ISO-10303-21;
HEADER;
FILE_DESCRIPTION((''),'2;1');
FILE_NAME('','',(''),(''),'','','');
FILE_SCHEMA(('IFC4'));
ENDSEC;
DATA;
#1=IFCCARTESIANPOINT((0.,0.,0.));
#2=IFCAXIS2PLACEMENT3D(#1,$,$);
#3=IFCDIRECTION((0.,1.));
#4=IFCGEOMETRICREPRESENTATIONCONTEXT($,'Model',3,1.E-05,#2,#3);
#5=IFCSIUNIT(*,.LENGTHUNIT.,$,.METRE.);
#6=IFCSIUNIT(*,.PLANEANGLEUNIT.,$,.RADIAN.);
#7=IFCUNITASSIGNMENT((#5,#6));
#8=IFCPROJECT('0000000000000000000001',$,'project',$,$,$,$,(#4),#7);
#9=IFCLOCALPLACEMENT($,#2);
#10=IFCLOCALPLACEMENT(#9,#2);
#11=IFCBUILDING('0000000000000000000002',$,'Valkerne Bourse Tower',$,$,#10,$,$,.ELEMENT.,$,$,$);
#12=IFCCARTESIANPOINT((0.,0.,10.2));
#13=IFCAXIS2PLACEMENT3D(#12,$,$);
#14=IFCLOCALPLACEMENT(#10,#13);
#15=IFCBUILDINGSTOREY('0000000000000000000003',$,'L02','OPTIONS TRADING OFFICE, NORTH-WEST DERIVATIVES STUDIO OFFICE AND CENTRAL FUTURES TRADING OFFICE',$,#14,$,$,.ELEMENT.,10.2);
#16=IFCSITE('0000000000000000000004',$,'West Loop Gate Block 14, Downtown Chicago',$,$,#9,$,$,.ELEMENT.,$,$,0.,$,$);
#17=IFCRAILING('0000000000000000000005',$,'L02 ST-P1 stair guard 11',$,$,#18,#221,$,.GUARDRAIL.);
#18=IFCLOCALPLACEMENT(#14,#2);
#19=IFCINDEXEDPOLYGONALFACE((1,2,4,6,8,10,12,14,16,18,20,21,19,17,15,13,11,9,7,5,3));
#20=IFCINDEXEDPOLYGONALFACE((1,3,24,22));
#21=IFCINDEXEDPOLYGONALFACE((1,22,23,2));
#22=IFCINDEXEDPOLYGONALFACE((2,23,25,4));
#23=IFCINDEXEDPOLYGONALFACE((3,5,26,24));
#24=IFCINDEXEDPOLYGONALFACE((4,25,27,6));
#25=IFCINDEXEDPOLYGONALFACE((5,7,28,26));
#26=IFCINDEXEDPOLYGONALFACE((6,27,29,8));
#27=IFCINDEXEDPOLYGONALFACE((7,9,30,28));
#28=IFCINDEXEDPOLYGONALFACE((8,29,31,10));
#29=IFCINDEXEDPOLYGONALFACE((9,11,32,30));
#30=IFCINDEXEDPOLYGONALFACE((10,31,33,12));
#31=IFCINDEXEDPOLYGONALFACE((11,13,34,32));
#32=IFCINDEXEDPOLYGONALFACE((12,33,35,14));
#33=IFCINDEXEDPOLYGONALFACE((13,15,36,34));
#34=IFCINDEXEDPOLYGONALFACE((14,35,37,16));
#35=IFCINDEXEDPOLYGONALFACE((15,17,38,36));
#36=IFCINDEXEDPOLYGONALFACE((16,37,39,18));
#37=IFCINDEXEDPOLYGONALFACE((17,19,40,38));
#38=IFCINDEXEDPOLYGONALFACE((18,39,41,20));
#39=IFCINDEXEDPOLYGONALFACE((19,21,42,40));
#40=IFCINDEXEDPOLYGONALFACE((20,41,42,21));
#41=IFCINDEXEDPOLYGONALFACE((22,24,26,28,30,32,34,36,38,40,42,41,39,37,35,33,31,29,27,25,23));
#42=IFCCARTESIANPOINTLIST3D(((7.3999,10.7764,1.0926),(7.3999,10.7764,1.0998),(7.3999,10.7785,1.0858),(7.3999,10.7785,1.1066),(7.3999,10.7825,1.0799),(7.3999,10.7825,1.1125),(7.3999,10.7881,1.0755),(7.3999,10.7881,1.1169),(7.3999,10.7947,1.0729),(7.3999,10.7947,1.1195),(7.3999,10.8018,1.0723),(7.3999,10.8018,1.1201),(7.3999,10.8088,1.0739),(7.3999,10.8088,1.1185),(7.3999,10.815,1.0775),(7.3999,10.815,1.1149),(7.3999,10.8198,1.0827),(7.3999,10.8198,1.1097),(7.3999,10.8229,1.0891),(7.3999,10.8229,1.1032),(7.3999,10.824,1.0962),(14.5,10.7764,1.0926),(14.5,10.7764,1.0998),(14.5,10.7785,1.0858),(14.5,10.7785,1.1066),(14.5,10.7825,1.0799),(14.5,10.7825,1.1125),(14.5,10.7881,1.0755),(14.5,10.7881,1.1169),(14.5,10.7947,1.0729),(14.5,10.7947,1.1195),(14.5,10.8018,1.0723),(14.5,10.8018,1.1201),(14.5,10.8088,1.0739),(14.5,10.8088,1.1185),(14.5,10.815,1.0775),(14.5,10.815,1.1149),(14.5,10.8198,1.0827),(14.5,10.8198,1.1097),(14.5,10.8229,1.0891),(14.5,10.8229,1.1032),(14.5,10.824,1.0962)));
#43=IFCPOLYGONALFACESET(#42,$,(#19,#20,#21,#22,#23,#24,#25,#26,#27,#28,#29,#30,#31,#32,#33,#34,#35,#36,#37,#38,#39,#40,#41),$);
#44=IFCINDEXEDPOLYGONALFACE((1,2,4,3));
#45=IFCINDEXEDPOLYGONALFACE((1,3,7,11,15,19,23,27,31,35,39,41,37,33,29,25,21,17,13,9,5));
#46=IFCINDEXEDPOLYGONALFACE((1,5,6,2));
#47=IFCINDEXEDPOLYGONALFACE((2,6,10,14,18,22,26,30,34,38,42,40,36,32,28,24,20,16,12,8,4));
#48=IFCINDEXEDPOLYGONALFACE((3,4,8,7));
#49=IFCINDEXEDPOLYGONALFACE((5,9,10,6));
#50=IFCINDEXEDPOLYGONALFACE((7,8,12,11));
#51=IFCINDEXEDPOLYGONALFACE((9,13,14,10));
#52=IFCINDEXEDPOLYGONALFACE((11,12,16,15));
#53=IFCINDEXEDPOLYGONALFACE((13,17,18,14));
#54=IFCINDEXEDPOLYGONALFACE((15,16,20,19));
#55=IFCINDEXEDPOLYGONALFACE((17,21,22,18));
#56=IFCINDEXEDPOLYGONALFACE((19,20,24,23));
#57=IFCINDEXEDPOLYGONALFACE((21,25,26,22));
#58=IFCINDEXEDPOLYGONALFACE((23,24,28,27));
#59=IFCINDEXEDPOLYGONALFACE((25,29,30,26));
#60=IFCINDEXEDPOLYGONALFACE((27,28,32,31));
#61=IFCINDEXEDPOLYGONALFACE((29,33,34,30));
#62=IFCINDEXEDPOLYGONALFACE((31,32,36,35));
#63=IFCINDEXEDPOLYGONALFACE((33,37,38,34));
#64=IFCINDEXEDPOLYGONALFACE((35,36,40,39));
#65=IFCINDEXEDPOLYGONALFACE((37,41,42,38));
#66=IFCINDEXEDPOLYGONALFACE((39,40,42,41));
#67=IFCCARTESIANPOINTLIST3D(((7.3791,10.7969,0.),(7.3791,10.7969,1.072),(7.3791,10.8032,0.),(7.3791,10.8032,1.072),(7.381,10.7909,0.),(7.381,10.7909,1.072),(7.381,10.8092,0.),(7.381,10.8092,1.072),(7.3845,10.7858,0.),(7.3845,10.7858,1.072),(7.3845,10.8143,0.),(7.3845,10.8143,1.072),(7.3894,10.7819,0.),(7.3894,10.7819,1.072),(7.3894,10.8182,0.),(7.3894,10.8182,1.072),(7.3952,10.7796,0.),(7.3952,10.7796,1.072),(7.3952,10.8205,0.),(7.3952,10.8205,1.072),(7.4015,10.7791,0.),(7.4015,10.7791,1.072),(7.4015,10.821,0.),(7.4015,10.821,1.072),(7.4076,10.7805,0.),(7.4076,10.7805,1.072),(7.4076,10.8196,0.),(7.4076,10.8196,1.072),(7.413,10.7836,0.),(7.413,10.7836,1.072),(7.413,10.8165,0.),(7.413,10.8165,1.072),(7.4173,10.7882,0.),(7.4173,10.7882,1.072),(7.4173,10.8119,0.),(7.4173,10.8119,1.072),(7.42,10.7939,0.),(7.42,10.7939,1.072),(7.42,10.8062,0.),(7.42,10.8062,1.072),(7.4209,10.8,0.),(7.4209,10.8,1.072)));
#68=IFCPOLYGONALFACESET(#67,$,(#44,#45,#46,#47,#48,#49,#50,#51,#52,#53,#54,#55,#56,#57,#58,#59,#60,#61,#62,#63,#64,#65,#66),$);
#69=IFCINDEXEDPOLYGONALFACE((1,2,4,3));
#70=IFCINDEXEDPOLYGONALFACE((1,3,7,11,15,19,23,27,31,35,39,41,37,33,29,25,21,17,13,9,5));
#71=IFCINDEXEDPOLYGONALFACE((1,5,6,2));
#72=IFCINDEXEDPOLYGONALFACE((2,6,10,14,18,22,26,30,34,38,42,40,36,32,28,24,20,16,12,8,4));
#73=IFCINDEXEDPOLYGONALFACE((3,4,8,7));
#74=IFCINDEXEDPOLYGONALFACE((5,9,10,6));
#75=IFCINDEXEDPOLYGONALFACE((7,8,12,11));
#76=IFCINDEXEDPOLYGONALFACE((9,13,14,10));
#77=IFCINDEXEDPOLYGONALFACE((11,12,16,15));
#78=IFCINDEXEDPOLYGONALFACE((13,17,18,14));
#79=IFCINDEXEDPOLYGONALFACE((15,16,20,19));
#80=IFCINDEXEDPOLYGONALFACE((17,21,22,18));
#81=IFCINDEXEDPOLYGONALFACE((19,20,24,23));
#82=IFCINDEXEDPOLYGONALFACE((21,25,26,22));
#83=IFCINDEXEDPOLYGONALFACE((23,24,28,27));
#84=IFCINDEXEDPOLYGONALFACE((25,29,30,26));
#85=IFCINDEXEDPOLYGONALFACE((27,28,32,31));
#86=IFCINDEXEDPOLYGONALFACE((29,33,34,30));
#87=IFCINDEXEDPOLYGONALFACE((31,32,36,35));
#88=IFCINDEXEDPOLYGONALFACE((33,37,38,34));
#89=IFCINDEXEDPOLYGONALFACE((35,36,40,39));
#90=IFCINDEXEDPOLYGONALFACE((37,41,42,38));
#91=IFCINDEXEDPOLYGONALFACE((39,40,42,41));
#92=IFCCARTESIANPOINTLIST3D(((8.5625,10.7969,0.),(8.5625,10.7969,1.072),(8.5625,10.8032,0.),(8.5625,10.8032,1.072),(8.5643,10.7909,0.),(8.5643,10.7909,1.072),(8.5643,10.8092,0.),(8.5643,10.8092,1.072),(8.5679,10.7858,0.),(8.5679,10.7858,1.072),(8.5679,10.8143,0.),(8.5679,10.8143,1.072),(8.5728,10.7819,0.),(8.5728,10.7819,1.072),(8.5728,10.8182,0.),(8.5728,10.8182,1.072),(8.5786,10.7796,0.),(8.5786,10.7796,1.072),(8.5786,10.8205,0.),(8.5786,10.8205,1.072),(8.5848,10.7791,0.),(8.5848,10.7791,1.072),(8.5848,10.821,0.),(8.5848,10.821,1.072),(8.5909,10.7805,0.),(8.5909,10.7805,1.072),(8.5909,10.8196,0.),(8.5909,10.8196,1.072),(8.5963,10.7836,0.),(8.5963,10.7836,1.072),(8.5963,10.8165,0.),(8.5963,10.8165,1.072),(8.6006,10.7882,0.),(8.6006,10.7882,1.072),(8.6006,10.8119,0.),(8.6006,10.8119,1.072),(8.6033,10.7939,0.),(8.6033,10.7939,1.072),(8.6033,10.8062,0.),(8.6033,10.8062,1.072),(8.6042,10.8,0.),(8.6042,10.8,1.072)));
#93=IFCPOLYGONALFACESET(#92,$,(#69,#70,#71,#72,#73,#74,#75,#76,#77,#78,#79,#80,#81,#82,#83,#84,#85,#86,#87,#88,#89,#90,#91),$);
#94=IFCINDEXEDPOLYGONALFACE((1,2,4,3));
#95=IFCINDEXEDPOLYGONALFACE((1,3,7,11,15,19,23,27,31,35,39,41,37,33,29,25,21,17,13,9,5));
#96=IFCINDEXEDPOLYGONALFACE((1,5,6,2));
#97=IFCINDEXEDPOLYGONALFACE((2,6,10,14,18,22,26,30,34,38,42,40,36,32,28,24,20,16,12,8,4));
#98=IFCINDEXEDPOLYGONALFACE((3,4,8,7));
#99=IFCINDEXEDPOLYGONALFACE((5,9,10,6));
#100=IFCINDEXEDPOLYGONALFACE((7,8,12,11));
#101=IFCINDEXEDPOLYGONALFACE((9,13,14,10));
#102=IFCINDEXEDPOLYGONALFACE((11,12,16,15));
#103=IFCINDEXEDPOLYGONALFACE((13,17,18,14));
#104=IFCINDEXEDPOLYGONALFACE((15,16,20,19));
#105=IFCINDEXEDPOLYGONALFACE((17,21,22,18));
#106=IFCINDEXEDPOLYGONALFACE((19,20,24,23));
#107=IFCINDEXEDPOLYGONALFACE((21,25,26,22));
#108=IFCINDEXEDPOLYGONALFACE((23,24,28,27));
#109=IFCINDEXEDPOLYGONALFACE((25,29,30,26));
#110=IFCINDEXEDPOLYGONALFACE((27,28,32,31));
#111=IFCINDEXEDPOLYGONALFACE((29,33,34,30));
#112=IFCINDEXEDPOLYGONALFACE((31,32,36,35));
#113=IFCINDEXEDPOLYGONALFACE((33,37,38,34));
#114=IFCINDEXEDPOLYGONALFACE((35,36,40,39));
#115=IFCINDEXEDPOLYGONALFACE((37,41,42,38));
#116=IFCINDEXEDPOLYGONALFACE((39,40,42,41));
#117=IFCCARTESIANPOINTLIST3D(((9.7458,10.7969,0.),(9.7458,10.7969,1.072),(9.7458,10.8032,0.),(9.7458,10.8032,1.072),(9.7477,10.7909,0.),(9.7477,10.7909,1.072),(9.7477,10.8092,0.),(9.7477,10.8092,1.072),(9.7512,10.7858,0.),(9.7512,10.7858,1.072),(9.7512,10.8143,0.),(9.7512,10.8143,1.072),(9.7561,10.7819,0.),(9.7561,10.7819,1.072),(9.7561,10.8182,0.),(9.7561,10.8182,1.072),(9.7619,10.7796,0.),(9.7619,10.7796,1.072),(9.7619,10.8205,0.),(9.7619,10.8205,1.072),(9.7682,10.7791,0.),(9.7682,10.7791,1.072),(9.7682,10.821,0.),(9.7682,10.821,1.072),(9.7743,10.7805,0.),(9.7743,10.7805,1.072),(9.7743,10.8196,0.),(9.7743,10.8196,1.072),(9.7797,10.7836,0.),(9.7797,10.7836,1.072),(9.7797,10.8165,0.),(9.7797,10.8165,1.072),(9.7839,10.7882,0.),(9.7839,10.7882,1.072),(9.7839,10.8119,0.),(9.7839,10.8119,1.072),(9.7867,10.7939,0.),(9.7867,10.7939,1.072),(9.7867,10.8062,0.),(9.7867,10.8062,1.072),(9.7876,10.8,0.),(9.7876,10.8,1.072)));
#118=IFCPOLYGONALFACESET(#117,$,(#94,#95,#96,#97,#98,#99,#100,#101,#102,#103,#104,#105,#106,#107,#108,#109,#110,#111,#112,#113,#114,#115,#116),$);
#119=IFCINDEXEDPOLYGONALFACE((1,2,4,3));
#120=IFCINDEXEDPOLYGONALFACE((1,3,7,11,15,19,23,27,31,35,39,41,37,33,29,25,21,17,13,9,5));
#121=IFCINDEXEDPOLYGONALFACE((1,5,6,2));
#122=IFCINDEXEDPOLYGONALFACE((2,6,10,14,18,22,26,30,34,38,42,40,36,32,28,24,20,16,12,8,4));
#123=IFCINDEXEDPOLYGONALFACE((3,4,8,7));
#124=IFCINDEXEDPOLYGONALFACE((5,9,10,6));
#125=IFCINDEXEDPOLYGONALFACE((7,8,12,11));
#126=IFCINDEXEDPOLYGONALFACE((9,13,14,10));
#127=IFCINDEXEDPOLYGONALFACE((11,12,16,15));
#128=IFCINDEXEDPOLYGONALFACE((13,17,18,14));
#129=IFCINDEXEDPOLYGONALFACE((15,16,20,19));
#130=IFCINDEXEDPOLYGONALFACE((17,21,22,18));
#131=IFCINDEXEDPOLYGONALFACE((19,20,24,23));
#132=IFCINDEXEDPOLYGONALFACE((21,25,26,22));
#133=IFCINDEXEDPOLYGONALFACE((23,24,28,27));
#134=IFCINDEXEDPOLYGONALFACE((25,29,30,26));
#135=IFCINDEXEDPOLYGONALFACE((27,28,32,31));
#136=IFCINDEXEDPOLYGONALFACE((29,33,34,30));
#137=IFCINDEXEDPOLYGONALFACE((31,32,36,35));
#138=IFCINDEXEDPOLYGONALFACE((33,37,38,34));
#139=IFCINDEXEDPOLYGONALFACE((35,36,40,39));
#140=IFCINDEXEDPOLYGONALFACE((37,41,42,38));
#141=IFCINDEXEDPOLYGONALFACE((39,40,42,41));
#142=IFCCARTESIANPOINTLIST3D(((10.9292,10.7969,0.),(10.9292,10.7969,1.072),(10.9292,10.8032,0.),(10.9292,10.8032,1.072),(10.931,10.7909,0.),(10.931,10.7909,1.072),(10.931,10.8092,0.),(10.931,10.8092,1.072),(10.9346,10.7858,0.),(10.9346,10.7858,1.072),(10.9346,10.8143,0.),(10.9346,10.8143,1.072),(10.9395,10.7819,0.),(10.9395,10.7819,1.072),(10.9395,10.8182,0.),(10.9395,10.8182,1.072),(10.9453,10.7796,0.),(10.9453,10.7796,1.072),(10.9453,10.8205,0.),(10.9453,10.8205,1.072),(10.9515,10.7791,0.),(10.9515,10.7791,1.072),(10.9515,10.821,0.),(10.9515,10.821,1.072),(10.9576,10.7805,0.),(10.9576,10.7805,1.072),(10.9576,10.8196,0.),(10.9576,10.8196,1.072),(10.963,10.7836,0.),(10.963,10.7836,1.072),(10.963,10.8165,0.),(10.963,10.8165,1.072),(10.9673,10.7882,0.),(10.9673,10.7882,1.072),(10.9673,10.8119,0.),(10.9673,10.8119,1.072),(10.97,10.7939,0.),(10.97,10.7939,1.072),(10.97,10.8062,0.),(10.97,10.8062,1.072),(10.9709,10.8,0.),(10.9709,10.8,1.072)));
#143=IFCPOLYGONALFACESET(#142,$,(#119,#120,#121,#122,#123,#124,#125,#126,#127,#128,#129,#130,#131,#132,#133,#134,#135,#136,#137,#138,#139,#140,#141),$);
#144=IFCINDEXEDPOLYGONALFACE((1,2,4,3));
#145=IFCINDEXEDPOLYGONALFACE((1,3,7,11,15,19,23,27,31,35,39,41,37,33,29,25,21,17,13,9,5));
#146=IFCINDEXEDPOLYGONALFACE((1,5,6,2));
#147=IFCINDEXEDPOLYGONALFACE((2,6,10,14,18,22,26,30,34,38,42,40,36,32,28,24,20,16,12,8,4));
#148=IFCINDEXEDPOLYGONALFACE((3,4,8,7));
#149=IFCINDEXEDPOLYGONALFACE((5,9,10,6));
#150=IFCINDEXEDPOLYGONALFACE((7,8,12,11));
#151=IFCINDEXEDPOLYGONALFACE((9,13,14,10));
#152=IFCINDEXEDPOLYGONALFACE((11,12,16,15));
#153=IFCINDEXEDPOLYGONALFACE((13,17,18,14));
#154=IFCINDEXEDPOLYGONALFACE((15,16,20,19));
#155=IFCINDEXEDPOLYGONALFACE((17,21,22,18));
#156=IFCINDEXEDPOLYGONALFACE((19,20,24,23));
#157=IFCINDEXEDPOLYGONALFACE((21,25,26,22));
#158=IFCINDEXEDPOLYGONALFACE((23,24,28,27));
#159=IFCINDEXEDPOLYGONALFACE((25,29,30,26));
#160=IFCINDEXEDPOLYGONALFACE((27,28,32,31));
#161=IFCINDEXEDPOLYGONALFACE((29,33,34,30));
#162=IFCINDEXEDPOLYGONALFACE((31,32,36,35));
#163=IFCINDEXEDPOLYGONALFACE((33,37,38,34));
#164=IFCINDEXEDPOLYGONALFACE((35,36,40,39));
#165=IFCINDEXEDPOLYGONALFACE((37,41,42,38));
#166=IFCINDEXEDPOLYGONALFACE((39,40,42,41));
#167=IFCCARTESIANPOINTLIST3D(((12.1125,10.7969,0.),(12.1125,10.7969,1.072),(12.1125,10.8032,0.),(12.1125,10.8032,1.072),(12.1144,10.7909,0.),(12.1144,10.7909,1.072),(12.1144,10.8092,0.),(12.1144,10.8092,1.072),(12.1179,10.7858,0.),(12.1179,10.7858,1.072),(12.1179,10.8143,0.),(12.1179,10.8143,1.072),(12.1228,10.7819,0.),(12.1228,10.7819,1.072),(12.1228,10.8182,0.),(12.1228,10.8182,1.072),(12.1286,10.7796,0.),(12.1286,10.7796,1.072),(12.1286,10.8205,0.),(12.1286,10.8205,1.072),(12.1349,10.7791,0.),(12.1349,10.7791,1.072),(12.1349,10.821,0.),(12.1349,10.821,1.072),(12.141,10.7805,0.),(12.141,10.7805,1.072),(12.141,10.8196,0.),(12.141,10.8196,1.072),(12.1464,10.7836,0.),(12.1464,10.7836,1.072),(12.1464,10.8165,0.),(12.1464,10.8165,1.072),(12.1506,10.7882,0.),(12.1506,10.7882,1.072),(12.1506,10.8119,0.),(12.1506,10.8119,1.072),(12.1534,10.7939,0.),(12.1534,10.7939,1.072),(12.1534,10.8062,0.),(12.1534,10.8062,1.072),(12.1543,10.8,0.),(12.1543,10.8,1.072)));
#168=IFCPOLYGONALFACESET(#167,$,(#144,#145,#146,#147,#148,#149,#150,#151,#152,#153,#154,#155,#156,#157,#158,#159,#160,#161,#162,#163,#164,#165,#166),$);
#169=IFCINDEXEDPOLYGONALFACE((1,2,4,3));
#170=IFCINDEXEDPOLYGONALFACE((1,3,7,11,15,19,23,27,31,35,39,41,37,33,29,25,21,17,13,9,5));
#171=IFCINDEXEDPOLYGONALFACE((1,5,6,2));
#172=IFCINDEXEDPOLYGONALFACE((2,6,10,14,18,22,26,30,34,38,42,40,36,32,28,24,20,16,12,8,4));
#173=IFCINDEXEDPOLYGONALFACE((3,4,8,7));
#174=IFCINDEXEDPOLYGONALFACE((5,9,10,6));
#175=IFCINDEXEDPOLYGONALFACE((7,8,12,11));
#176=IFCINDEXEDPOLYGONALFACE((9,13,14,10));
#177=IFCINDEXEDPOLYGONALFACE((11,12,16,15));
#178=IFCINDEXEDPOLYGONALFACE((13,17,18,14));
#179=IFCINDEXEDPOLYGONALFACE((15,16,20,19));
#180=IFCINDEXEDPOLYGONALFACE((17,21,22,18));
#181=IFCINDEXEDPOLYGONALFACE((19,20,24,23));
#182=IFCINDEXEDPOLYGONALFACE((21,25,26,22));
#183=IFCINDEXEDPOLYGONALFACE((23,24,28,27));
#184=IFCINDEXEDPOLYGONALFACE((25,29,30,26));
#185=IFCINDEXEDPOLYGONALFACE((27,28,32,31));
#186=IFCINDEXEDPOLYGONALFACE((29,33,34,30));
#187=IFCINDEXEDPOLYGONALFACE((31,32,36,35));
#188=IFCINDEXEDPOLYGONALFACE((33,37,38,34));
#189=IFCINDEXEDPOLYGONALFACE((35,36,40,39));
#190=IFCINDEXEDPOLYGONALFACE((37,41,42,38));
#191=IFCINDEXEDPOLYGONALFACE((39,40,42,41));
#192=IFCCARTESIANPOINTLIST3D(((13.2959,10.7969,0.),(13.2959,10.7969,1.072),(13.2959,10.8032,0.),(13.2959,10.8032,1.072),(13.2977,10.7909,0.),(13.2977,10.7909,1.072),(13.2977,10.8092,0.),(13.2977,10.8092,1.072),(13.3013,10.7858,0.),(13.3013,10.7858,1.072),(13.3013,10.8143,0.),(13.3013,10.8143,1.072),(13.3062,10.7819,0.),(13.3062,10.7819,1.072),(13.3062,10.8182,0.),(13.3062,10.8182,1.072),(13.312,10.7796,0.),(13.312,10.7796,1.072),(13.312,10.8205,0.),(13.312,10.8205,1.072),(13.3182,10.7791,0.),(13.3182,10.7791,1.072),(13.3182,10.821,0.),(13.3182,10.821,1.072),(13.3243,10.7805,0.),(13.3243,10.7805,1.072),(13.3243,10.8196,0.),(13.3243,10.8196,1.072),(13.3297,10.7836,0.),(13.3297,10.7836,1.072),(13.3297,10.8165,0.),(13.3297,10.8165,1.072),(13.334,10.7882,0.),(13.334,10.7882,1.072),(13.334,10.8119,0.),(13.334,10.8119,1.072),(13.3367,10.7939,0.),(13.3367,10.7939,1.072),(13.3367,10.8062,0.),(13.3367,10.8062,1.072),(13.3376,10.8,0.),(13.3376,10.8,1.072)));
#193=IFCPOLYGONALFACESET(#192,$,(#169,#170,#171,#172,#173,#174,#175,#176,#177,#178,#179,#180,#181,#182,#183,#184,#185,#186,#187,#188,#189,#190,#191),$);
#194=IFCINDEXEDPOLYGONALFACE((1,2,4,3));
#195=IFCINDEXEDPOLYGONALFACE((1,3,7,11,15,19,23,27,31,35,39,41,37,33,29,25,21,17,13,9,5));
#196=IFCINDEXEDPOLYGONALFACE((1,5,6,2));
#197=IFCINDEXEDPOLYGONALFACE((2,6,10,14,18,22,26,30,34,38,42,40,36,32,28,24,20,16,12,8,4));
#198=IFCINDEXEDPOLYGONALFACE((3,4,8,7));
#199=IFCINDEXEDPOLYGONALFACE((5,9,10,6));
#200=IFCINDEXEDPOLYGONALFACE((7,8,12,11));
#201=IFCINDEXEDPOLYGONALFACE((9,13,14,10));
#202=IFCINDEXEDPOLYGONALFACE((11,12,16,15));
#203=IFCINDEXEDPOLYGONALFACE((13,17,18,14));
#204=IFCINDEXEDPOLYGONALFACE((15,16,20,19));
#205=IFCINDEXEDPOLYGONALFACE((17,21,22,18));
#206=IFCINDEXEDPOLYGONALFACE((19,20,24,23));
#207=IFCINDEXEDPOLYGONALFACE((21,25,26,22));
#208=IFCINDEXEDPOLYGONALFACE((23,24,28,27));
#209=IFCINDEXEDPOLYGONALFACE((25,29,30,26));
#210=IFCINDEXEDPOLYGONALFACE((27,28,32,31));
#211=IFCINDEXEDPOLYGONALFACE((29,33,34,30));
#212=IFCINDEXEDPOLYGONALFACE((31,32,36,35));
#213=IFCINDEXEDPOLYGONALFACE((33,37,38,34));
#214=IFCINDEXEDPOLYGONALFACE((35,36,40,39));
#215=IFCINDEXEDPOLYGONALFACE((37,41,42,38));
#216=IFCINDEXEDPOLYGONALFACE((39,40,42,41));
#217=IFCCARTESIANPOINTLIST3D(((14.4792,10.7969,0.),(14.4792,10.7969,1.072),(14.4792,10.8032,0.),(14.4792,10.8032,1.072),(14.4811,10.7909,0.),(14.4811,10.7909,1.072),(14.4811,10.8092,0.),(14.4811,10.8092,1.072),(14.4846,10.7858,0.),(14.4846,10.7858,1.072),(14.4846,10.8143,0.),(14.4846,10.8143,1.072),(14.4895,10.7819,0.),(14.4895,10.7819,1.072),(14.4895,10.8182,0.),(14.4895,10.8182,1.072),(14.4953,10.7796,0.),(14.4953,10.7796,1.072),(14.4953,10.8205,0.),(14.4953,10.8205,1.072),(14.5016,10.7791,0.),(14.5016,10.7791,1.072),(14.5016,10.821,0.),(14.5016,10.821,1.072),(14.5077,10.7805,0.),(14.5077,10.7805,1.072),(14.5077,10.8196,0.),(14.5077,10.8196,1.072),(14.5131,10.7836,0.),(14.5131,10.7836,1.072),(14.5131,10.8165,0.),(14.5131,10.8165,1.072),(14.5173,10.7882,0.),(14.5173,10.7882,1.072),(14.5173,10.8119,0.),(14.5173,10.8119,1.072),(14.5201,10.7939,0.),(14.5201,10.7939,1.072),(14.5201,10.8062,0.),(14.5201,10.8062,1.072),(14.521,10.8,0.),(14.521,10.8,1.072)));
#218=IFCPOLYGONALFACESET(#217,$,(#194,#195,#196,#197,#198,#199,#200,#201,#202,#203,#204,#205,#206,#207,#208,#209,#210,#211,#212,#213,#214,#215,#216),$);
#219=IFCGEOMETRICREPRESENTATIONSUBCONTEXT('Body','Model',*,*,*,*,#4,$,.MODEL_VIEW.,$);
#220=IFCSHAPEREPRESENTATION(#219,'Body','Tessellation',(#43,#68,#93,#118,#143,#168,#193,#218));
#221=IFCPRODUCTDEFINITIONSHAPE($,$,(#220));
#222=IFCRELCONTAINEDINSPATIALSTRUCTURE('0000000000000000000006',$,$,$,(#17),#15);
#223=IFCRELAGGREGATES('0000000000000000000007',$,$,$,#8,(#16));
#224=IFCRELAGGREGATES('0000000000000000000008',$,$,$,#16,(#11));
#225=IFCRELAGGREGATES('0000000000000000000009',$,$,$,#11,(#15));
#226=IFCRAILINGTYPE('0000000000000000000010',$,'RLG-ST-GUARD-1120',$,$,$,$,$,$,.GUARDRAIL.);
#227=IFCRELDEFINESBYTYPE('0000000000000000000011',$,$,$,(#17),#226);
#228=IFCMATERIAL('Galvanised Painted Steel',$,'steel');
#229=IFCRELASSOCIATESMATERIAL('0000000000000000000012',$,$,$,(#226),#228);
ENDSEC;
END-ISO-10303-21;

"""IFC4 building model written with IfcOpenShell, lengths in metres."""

from ifc_helpers import new_model, si_unit, direction, frame, origin, origin_2d, place, context, subcontext, project, spatial, circle, extrude, material, type_object, element, save


model = new_model("IFC4")

# Units and contexts
model_context = context("Model", 3, precision=1e-05, world=origin(), true_north=direction((0.0, 1.0)))
body_context = subcontext(model_context, "Body", "Model", "MODEL_VIEW")
ifc_project = project(units=[si_unit("LENGTHUNIT", "METRE"), si_unit("PLANEANGLEUNIT", "RADIAN")], contexts=[model_context])

# Site, building, storey
site_placement = place(None, origin())
site = spatial("IfcSite", under=ifc_project, at=site_placement, Name="West Loop Gate Block 14, Downtown Chicago", CompositionType="ELEMENT", RefElevation=0.0)
building_placement = place(site_placement, origin())
building = spatial("IfcBuilding", under=site, at=building_placement, Name="Valkerne Bourse Tower", CompositionType="ELEMENT")
storey_placement = place(building_placement, frame((0.0, 0.0, 10.2)))
storey = spatial("IfcBuildingStorey", under=building, at=storey_placement, Name="L02", Description="OPTIONS TRADING OFFICE, NORTH-WEST DERIVATIVES STUDIO OFFICE AND CENTRAL FUTURES TRADING OFFICE", CompositionType="ELEMENT", Elevation=10.2)

# Shared definitions
ifc_material_1 = material(Name="Galvanised Painted Steel", Category="steel")

# Railing
railing_type_1 = type_object("IfcRailingType", Name="RLG-ST-GUARD-1120", PredefinedType="GUARDRAIL", material=ifc_material_1)
railing_1_placement = place(storey_placement, frame((7.3999, 10.8, 0.0)))
element("IfcRailing", 1, at=railing_1_placement, inside=storey, type_object=railing_type_1, Name="L02 ST-P1 stair guard 11", PredefinedType="GUARDRAIL", context=body_context, shape_type="SweptSolid", body=[
    extrude(circle(Radius=0.0239, at=origin_2d()), frame((0.0, 0.0, 1.0962), z_axis=(1.0, 0.0, 0.0), x_axis=(0.0, 1.0, 0.0)), (0.0, 0.0, 1.0), 7.1001),
    extrude(circle(Radius=0.021, at=origin_2d()), origin(), (0.0, 0.0, 1.0), 1.072),
    extrude(circle(Radius=0.021, at=origin_2d()), frame((1.1833, 0.0, 0.0)), (0.0, 0.0, 1.0), 1.072),
    extrude(circle(Radius=0.021, at=origin_2d()), frame((2.3667, 0.0, 0.0)), (0.0, 0.0, 1.0), 1.072),
    extrude(circle(Radius=0.021, at=origin_2d()), frame((3.55, 0.0, 0.0)), (0.0, 0.0, 1.0), 1.072),
    extrude(circle(Radius=0.021, at=origin_2d()), frame((4.7334, 0.0, 0.0)), (0.0, 0.0, 1.0), 1.072),
    extrude(circle(Radius=0.021, at=origin_2d()), frame((5.9167, 0.0, 0.0)), (0.0, 0.0, 1.0), 1.072),
    extrude(circle(Radius=0.021, at=origin_2d()), frame((7.1001, 0.0, 0.0)), (0.0, 0.0, 1.0), 1.072),
])

save(model, "model.ifc")
